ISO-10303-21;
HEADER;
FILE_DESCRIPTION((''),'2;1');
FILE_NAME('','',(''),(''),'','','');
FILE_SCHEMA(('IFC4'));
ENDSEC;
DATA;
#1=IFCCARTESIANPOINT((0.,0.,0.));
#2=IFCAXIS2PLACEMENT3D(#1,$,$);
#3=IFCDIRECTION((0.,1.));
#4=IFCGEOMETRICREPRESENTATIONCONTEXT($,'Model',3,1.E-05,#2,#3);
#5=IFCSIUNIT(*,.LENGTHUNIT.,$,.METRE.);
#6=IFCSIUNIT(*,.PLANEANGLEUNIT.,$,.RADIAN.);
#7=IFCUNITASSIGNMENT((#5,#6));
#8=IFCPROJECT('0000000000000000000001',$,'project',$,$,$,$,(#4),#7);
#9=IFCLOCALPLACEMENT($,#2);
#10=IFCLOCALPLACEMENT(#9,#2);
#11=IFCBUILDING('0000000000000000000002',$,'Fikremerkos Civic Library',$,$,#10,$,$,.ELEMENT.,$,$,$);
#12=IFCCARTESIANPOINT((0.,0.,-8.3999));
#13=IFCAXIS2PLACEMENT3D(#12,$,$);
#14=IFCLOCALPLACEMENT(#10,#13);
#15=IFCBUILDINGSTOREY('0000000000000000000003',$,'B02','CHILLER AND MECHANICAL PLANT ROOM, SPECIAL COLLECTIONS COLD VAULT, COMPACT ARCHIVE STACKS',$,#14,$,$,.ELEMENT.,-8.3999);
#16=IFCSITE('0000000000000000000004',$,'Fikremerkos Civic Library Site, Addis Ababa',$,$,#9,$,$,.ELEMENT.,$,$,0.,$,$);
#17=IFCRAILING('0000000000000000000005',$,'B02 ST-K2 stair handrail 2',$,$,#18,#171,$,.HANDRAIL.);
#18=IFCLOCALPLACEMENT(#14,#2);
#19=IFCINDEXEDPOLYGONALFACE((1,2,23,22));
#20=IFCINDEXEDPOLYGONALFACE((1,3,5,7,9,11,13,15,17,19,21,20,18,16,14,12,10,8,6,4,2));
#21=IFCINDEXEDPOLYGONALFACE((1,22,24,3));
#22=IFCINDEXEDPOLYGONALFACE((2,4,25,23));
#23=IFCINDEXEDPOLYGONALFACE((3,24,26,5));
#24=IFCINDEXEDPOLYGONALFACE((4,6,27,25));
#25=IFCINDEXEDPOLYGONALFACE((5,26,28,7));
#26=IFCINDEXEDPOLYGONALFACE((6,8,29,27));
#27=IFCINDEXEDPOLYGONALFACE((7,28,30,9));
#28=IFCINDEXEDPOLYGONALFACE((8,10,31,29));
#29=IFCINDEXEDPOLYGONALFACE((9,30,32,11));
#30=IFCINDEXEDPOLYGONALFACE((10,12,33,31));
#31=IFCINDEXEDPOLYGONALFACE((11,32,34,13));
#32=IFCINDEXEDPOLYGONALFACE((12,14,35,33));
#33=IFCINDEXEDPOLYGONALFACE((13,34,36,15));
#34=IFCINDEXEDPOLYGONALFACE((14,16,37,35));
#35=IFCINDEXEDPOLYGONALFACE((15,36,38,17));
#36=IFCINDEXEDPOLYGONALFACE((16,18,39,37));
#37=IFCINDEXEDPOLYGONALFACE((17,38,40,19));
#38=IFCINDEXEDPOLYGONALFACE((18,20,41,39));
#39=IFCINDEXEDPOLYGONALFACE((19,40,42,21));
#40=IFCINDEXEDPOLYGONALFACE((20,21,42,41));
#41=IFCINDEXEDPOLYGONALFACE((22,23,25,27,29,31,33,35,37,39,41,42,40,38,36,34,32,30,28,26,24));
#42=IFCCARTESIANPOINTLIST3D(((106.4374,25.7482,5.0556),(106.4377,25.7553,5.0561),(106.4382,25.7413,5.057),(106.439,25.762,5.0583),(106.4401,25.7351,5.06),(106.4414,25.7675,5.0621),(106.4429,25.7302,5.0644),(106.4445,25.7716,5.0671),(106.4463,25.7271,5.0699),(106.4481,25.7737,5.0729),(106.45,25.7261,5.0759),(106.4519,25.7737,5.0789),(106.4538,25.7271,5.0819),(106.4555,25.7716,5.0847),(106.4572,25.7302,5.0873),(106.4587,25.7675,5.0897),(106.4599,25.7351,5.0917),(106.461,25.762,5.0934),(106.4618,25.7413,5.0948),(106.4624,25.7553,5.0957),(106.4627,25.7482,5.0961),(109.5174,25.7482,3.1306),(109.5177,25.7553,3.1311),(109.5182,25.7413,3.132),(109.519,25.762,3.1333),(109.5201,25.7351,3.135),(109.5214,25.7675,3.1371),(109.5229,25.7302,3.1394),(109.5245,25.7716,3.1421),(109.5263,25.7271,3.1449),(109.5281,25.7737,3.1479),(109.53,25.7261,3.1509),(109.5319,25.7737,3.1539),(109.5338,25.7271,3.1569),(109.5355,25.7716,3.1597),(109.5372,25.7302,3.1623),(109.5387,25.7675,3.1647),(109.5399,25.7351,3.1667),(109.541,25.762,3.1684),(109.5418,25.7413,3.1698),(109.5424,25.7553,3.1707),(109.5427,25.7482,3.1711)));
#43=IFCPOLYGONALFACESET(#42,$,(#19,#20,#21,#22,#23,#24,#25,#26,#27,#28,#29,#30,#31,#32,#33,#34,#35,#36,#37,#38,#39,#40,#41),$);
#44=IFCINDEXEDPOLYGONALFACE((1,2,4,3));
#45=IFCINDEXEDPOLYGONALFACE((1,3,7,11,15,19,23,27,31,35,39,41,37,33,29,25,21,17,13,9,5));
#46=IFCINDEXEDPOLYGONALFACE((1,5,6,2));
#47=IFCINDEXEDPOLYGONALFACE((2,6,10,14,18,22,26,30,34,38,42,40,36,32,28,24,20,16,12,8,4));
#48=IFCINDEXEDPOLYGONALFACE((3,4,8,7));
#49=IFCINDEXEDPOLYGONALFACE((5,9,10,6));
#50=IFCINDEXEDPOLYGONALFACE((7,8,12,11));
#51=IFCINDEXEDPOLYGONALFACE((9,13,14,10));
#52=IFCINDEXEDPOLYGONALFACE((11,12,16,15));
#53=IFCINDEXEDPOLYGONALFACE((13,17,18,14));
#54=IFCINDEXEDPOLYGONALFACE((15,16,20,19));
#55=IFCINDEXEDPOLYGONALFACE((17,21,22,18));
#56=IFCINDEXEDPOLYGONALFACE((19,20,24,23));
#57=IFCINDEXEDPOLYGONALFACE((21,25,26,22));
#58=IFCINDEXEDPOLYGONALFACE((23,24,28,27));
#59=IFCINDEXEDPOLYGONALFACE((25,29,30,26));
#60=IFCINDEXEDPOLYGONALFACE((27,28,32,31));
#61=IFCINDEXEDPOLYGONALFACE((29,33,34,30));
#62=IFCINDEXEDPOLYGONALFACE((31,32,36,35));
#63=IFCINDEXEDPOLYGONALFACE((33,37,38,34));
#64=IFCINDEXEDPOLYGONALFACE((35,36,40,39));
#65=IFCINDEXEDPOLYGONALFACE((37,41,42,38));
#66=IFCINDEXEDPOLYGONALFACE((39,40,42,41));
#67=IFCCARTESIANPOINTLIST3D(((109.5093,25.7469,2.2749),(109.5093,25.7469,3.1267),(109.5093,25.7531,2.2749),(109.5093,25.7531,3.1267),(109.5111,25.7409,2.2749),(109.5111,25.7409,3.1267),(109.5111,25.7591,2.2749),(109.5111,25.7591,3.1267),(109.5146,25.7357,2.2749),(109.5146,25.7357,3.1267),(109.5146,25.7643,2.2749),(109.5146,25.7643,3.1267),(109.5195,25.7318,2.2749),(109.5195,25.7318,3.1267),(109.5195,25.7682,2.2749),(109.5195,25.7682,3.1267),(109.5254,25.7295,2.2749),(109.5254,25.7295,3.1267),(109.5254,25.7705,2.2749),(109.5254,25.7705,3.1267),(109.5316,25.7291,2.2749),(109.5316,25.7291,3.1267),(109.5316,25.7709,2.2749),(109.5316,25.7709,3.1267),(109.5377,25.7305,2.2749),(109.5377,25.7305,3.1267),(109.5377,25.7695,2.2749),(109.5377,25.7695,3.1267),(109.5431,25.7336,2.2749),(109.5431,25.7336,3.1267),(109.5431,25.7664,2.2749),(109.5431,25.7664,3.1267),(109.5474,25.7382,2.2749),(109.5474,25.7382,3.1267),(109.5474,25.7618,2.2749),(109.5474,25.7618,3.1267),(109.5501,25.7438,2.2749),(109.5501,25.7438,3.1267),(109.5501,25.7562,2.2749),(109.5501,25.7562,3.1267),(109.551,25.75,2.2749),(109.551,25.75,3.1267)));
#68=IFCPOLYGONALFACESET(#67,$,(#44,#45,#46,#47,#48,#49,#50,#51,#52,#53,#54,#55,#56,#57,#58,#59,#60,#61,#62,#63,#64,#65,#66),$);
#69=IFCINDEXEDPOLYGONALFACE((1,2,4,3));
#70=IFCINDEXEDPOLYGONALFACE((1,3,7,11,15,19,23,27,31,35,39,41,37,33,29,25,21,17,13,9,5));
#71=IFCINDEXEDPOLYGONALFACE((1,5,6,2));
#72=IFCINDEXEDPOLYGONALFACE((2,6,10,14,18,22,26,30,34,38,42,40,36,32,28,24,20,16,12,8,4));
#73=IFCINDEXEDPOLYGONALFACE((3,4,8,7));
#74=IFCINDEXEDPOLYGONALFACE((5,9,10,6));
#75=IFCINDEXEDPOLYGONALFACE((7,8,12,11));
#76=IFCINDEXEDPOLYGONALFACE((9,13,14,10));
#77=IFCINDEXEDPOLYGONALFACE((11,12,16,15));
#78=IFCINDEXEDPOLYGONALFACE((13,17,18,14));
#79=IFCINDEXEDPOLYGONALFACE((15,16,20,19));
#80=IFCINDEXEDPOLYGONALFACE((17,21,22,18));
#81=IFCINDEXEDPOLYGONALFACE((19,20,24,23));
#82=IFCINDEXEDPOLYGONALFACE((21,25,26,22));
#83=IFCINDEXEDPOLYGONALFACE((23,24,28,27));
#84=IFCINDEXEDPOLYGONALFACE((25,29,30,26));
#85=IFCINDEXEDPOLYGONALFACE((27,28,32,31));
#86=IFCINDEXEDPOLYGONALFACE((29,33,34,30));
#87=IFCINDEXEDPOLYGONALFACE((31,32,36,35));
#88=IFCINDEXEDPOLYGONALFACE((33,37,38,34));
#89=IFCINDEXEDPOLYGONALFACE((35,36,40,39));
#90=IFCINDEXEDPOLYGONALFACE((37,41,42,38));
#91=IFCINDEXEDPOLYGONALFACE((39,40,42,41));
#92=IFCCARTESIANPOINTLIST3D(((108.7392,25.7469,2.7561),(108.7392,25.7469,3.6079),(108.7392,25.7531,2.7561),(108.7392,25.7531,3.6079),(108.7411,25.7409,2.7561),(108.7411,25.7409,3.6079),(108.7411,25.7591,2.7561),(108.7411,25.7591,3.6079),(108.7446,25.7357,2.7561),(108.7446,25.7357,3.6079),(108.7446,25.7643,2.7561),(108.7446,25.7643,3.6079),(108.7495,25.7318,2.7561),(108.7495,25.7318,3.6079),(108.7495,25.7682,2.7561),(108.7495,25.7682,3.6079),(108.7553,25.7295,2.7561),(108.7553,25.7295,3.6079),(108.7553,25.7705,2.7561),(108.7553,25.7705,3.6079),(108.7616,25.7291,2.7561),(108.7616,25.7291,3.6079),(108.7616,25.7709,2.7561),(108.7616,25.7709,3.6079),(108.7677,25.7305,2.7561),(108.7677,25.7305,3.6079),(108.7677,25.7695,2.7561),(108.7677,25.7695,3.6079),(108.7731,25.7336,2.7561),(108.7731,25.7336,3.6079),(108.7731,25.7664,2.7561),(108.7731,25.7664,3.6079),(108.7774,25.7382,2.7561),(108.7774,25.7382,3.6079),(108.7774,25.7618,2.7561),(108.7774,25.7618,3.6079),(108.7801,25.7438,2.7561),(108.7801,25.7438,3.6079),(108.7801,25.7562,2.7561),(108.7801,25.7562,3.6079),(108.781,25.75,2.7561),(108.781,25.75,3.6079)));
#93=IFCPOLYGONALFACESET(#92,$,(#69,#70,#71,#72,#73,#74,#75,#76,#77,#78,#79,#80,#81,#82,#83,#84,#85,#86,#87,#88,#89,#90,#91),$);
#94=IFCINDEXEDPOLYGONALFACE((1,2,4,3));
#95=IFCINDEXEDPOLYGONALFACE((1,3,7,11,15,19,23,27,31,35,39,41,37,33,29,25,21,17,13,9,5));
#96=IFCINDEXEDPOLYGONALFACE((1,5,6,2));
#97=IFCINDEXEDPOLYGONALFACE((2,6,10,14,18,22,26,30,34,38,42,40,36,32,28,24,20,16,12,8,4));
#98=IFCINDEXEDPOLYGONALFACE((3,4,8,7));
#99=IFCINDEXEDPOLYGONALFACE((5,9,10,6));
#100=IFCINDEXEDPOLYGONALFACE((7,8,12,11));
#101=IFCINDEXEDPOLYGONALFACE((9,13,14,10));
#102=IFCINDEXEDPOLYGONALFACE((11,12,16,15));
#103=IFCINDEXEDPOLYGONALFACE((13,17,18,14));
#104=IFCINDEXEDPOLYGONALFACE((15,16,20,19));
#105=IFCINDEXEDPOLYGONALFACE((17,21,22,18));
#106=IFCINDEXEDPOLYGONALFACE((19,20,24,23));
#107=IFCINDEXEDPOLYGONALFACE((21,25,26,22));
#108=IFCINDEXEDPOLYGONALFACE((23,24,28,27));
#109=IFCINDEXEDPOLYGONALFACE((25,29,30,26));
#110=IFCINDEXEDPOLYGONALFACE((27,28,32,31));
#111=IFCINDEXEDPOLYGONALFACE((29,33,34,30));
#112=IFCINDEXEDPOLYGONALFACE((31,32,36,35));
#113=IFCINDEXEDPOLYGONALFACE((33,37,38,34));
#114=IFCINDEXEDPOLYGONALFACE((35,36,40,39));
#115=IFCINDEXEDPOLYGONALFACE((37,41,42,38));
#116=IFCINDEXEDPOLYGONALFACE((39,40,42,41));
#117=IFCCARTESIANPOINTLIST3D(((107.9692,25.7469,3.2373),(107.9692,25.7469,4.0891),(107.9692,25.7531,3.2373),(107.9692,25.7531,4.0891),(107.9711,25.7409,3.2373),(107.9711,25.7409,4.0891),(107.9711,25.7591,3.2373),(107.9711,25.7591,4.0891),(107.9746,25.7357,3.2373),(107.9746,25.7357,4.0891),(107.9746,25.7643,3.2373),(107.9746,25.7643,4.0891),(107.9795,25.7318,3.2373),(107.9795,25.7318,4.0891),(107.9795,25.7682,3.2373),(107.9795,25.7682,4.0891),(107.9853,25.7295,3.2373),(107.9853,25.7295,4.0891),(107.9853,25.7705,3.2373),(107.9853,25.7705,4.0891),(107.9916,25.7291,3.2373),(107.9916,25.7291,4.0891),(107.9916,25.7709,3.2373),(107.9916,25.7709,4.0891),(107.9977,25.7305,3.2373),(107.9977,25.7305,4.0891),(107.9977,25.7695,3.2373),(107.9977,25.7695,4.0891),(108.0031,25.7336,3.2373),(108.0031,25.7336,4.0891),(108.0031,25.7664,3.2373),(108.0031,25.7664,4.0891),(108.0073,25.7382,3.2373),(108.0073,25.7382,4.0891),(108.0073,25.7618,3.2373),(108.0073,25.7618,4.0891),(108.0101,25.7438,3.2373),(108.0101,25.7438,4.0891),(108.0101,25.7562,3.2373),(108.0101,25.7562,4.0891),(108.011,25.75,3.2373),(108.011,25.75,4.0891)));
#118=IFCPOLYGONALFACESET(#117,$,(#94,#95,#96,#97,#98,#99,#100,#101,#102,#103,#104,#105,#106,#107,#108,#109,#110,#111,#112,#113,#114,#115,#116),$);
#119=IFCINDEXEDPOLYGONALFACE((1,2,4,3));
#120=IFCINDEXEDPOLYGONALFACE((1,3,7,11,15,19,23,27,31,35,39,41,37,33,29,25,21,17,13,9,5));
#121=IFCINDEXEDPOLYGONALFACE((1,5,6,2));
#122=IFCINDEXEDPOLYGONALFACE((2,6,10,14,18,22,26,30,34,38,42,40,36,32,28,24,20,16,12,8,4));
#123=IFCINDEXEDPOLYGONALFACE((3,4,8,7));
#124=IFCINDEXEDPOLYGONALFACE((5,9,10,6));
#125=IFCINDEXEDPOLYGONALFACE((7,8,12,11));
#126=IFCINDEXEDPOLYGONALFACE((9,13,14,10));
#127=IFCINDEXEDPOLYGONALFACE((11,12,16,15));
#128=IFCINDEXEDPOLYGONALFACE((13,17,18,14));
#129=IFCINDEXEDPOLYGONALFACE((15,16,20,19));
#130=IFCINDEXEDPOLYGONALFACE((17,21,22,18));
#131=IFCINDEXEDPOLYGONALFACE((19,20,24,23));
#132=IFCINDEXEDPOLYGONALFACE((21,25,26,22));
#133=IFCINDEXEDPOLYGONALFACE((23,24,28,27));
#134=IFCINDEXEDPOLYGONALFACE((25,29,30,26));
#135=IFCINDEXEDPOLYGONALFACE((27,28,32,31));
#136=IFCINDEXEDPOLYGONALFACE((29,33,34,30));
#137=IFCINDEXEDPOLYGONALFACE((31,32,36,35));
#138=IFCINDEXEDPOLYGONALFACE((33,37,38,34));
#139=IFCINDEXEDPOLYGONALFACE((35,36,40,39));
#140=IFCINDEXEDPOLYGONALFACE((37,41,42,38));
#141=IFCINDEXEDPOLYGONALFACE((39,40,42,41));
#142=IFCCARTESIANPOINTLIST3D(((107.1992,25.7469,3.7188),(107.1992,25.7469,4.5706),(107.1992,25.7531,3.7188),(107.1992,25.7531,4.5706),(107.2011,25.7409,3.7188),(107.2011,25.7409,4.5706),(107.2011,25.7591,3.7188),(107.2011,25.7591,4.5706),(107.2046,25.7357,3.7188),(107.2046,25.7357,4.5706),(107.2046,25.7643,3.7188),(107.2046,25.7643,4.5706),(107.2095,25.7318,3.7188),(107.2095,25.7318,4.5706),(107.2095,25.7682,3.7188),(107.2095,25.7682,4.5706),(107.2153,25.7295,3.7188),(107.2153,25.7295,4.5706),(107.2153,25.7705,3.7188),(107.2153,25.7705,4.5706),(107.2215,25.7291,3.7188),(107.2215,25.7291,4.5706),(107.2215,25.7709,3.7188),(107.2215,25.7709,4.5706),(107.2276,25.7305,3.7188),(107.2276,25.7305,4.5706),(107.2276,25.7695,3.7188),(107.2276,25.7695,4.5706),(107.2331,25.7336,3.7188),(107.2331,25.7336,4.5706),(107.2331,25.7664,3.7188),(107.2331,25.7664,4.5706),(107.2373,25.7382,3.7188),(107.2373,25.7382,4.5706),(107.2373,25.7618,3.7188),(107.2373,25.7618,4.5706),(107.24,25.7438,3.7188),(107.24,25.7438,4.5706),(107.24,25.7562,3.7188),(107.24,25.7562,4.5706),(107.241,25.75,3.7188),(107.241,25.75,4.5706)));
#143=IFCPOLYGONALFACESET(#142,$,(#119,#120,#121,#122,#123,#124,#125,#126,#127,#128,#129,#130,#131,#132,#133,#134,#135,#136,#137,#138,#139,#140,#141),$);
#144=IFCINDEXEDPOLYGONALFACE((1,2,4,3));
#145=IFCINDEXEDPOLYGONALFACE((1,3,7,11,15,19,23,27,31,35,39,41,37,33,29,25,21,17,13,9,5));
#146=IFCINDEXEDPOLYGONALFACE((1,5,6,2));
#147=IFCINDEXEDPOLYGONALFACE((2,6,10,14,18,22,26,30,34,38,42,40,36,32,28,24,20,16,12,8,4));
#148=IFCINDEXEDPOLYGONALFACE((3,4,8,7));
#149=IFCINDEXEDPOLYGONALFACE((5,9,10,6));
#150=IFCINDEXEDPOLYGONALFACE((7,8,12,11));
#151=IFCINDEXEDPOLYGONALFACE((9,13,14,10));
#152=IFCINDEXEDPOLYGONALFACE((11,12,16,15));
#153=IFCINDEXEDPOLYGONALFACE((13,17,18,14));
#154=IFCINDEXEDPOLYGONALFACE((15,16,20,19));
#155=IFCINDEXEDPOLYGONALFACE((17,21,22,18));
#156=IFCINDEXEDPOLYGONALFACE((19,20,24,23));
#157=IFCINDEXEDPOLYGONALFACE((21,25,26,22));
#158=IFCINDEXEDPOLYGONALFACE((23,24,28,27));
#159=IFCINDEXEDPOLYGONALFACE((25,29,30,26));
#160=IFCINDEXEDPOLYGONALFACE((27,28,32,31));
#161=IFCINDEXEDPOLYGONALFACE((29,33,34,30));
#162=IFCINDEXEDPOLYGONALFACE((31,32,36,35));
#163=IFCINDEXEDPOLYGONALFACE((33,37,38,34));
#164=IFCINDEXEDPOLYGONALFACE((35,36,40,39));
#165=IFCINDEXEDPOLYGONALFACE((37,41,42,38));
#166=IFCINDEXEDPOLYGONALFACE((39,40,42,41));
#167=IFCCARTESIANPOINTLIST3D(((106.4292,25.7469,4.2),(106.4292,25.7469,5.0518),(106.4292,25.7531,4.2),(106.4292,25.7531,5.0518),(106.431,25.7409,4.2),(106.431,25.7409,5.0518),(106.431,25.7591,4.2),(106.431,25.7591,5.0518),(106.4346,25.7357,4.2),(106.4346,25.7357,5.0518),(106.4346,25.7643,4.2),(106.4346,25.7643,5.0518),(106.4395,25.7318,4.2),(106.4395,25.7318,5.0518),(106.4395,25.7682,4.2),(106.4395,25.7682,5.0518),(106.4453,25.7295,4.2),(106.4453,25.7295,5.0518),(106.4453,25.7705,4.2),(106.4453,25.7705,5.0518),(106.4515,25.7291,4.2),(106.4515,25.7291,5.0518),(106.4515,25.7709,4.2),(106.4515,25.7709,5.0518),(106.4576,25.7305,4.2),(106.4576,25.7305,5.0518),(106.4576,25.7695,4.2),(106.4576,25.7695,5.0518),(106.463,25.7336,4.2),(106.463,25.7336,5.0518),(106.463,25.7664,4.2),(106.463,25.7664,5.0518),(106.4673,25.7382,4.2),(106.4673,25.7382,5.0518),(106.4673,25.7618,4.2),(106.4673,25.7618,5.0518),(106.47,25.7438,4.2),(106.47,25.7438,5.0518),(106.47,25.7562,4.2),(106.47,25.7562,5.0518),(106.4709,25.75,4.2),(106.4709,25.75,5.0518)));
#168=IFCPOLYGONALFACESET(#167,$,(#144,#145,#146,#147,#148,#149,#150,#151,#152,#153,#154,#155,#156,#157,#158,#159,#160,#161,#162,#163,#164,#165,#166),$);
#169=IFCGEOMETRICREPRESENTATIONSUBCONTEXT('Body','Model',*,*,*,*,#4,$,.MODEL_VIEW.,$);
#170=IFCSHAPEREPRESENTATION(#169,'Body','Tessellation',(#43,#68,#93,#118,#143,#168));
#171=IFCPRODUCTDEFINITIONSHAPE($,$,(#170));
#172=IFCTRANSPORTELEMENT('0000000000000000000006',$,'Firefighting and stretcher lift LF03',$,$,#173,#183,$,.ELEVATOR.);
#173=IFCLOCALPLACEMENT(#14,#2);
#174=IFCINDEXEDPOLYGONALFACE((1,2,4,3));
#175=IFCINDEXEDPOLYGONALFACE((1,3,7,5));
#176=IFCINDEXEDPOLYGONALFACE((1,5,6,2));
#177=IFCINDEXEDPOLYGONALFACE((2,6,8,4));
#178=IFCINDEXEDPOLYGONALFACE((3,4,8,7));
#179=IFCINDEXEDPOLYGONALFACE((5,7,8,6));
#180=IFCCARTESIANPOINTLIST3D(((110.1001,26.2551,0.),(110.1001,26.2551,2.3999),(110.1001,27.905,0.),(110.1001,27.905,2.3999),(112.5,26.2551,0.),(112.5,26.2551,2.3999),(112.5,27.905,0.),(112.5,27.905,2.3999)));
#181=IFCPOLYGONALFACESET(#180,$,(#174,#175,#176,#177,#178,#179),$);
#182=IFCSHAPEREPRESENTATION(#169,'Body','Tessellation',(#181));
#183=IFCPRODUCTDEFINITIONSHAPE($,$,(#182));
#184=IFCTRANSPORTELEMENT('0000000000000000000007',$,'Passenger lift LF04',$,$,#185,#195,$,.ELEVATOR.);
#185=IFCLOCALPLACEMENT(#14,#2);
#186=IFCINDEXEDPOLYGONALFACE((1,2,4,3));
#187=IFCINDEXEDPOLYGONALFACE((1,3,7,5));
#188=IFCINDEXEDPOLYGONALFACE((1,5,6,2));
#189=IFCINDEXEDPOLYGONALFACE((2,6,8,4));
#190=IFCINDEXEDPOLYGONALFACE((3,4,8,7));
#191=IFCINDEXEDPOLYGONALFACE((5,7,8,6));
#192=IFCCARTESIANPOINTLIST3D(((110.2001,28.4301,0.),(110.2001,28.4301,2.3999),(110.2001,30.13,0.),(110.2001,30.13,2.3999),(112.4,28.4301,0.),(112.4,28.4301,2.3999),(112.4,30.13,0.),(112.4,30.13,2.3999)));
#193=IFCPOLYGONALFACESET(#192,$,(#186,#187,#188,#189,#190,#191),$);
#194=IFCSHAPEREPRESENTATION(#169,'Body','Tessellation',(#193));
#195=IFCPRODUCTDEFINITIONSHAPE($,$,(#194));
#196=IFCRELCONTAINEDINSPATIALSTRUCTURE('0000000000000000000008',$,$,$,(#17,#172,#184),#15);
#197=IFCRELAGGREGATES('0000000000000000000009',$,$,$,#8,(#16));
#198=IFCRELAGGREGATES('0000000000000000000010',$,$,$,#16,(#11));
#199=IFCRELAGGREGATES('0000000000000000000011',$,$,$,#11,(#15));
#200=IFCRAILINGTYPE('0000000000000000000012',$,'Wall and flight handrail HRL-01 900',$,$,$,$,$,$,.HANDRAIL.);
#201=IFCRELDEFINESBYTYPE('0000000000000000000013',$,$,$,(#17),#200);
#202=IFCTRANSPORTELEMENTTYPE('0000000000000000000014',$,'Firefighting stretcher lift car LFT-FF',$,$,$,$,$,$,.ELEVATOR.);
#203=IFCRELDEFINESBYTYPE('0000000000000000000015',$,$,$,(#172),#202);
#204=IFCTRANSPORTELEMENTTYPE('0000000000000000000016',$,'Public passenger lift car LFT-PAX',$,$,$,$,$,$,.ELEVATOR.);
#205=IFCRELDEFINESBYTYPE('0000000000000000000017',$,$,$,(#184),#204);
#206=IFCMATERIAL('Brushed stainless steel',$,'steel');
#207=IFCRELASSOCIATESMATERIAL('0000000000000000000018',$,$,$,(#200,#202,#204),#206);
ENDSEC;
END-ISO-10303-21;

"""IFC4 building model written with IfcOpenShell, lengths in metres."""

from ifc_helpers import new_model, si_unit, direction, frame, origin, origin_2d, place, context, subcontext, project, spatial, rectangle, circle, extrude, material, type_object, element, save


model = new_model("IFC4")

# Units and contexts
model_context = context("Model", 3, precision=1e-05, world=origin(), true_north=direction((0.0, 1.0)))
body_context = subcontext(model_context, "Body", "Model", "MODEL_VIEW")
ifc_project = project(units=[si_unit("LENGTHUNIT", "METRE"), si_unit("PLANEANGLEUNIT", "RADIAN")], contexts=[model_context])

# Site, building, storey
site_placement = place(None, origin())
site = spatial("IfcSite", under=ifc_project, at=site_placement, Name="Fikremerkos Civic Library Site, Addis Ababa", CompositionType="ELEMENT", RefElevation=0.0)
building_placement = place(site_placement, origin())
building = spatial("IfcBuilding", under=site, at=building_placement, Name="Fikremerkos Civic Library", CompositionType="ELEMENT")
storey_placement = place(building_placement, frame((0.0, 0.0, -8.3999)))
storey = spatial("IfcBuildingStorey", under=building, at=storey_placement, Name="B02", Description="CHILLER AND MECHANICAL PLANT ROOM, SPECIAL COLLECTIONS COLD VAULT, COMPACT ARCHIVE STACKS", CompositionType="ELEMENT", Elevation=-8.3999)

# Shared definitions
ifc_material_1 = material(Name="Brushed stainless steel", Category="steel")

# Railing
railing_type_1 = type_object("IfcRailingType", Name="Wall and flight handrail HRL-01 900", PredefinedType="HANDRAIL", material=ifc_material_1)
railing_1_placement = place(storey_placement, frame((109.53, 25.75, 2.2749)))
element("IfcRailing", 1, at=railing_1_placement, inside=storey, type_object=railing_type_1, Name="B02 ST-K2 stair handrail 2", PredefinedType="HANDRAIL", context=body_context, shape_type="SweptSolid", body=[
    extrude(circle(Radius=0.0239, at=origin_2d()), frame((0.0, 0.0, 0.876), z_axis=(-0.847998, 0.0, 0.529999), x_axis=(0.0, -1.0, 0.0)), (0.0, 0.0, 1.0), 3.6321),
    extrude(circle(Radius=0.021, at=origin_2d()), origin(), (0.0, 0.0, 1.0), 0.8518),
    extrude(circle(Radius=0.021, at=origin_2d()), frame((-0.77, 0.0, 0.4812)), (0.0, 0.0, 1.0), 0.8518),
    extrude(circle(Radius=0.021, at=origin_2d()), frame((-1.54, 0.0, 0.9624)), (0.0, 0.0, 1.0), 0.8518),
    extrude(circle(Radius=0.021, at=origin_2d()), frame((-2.3101, 0.0, 1.4438)), (0.0, 0.0, 1.0), 0.8518),
    extrude(circle(Radius=0.021, at=origin_2d()), frame((-3.0801, 0.0, 1.925)), (0.0, 0.0, 1.0), 0.8518),
])

# Transport elements
transport_element_type_1 = type_object("IfcTransportElementType", Name="Firefighting stretcher lift car LFT-FF", PredefinedType="ELEVATOR", material=ifc_material_1)
transport_element_1_placement = place(storey_placement, frame((111.3, 27.0801, 0.0), z_axis=(0.0, 0.0, 1.0), x_axis=(1.0, 0.0, 0.0)))
element("IfcTransportElement", 2, at=transport_element_1_placement, inside=storey, type_object=transport_element_type_1, Name="Firefighting and stretcher lift LF03", PredefinedType="ELEVATOR", context=body_context, shape_type="SweptSolid", body=[
    extrude(rectangle(XDim=2.3999, YDim=1.6499, at=origin_2d()), origin(), (0.0, 0.0, 1.0), 2.3999),
])
transport_element_type_2 = type_object("IfcTransportElementType", Name="Public passenger lift car LFT-PAX", PredefinedType="ELEVATOR", material=ifc_material_1)
transport_element_2_placement = place(storey_placement, frame((111.3, 29.28, 0.0), z_axis=(0.0, 0.0, 1.0), x_axis=(1.0, 0.0, 0.0)))
element("IfcTransportElement", 3, at=transport_element_2_placement, inside=storey, type_object=transport_element_type_2, Name="Passenger lift LF04", PredefinedType="ELEVATOR", context=body_context, shape_type="SweptSolid", body=[
    extrude(rectangle(XDim=2.2, YDim=1.7, at=origin_2d()), origin(), (0.0, 0.0, 1.0), 2.3999),
])

save(model, "model.ifc")
